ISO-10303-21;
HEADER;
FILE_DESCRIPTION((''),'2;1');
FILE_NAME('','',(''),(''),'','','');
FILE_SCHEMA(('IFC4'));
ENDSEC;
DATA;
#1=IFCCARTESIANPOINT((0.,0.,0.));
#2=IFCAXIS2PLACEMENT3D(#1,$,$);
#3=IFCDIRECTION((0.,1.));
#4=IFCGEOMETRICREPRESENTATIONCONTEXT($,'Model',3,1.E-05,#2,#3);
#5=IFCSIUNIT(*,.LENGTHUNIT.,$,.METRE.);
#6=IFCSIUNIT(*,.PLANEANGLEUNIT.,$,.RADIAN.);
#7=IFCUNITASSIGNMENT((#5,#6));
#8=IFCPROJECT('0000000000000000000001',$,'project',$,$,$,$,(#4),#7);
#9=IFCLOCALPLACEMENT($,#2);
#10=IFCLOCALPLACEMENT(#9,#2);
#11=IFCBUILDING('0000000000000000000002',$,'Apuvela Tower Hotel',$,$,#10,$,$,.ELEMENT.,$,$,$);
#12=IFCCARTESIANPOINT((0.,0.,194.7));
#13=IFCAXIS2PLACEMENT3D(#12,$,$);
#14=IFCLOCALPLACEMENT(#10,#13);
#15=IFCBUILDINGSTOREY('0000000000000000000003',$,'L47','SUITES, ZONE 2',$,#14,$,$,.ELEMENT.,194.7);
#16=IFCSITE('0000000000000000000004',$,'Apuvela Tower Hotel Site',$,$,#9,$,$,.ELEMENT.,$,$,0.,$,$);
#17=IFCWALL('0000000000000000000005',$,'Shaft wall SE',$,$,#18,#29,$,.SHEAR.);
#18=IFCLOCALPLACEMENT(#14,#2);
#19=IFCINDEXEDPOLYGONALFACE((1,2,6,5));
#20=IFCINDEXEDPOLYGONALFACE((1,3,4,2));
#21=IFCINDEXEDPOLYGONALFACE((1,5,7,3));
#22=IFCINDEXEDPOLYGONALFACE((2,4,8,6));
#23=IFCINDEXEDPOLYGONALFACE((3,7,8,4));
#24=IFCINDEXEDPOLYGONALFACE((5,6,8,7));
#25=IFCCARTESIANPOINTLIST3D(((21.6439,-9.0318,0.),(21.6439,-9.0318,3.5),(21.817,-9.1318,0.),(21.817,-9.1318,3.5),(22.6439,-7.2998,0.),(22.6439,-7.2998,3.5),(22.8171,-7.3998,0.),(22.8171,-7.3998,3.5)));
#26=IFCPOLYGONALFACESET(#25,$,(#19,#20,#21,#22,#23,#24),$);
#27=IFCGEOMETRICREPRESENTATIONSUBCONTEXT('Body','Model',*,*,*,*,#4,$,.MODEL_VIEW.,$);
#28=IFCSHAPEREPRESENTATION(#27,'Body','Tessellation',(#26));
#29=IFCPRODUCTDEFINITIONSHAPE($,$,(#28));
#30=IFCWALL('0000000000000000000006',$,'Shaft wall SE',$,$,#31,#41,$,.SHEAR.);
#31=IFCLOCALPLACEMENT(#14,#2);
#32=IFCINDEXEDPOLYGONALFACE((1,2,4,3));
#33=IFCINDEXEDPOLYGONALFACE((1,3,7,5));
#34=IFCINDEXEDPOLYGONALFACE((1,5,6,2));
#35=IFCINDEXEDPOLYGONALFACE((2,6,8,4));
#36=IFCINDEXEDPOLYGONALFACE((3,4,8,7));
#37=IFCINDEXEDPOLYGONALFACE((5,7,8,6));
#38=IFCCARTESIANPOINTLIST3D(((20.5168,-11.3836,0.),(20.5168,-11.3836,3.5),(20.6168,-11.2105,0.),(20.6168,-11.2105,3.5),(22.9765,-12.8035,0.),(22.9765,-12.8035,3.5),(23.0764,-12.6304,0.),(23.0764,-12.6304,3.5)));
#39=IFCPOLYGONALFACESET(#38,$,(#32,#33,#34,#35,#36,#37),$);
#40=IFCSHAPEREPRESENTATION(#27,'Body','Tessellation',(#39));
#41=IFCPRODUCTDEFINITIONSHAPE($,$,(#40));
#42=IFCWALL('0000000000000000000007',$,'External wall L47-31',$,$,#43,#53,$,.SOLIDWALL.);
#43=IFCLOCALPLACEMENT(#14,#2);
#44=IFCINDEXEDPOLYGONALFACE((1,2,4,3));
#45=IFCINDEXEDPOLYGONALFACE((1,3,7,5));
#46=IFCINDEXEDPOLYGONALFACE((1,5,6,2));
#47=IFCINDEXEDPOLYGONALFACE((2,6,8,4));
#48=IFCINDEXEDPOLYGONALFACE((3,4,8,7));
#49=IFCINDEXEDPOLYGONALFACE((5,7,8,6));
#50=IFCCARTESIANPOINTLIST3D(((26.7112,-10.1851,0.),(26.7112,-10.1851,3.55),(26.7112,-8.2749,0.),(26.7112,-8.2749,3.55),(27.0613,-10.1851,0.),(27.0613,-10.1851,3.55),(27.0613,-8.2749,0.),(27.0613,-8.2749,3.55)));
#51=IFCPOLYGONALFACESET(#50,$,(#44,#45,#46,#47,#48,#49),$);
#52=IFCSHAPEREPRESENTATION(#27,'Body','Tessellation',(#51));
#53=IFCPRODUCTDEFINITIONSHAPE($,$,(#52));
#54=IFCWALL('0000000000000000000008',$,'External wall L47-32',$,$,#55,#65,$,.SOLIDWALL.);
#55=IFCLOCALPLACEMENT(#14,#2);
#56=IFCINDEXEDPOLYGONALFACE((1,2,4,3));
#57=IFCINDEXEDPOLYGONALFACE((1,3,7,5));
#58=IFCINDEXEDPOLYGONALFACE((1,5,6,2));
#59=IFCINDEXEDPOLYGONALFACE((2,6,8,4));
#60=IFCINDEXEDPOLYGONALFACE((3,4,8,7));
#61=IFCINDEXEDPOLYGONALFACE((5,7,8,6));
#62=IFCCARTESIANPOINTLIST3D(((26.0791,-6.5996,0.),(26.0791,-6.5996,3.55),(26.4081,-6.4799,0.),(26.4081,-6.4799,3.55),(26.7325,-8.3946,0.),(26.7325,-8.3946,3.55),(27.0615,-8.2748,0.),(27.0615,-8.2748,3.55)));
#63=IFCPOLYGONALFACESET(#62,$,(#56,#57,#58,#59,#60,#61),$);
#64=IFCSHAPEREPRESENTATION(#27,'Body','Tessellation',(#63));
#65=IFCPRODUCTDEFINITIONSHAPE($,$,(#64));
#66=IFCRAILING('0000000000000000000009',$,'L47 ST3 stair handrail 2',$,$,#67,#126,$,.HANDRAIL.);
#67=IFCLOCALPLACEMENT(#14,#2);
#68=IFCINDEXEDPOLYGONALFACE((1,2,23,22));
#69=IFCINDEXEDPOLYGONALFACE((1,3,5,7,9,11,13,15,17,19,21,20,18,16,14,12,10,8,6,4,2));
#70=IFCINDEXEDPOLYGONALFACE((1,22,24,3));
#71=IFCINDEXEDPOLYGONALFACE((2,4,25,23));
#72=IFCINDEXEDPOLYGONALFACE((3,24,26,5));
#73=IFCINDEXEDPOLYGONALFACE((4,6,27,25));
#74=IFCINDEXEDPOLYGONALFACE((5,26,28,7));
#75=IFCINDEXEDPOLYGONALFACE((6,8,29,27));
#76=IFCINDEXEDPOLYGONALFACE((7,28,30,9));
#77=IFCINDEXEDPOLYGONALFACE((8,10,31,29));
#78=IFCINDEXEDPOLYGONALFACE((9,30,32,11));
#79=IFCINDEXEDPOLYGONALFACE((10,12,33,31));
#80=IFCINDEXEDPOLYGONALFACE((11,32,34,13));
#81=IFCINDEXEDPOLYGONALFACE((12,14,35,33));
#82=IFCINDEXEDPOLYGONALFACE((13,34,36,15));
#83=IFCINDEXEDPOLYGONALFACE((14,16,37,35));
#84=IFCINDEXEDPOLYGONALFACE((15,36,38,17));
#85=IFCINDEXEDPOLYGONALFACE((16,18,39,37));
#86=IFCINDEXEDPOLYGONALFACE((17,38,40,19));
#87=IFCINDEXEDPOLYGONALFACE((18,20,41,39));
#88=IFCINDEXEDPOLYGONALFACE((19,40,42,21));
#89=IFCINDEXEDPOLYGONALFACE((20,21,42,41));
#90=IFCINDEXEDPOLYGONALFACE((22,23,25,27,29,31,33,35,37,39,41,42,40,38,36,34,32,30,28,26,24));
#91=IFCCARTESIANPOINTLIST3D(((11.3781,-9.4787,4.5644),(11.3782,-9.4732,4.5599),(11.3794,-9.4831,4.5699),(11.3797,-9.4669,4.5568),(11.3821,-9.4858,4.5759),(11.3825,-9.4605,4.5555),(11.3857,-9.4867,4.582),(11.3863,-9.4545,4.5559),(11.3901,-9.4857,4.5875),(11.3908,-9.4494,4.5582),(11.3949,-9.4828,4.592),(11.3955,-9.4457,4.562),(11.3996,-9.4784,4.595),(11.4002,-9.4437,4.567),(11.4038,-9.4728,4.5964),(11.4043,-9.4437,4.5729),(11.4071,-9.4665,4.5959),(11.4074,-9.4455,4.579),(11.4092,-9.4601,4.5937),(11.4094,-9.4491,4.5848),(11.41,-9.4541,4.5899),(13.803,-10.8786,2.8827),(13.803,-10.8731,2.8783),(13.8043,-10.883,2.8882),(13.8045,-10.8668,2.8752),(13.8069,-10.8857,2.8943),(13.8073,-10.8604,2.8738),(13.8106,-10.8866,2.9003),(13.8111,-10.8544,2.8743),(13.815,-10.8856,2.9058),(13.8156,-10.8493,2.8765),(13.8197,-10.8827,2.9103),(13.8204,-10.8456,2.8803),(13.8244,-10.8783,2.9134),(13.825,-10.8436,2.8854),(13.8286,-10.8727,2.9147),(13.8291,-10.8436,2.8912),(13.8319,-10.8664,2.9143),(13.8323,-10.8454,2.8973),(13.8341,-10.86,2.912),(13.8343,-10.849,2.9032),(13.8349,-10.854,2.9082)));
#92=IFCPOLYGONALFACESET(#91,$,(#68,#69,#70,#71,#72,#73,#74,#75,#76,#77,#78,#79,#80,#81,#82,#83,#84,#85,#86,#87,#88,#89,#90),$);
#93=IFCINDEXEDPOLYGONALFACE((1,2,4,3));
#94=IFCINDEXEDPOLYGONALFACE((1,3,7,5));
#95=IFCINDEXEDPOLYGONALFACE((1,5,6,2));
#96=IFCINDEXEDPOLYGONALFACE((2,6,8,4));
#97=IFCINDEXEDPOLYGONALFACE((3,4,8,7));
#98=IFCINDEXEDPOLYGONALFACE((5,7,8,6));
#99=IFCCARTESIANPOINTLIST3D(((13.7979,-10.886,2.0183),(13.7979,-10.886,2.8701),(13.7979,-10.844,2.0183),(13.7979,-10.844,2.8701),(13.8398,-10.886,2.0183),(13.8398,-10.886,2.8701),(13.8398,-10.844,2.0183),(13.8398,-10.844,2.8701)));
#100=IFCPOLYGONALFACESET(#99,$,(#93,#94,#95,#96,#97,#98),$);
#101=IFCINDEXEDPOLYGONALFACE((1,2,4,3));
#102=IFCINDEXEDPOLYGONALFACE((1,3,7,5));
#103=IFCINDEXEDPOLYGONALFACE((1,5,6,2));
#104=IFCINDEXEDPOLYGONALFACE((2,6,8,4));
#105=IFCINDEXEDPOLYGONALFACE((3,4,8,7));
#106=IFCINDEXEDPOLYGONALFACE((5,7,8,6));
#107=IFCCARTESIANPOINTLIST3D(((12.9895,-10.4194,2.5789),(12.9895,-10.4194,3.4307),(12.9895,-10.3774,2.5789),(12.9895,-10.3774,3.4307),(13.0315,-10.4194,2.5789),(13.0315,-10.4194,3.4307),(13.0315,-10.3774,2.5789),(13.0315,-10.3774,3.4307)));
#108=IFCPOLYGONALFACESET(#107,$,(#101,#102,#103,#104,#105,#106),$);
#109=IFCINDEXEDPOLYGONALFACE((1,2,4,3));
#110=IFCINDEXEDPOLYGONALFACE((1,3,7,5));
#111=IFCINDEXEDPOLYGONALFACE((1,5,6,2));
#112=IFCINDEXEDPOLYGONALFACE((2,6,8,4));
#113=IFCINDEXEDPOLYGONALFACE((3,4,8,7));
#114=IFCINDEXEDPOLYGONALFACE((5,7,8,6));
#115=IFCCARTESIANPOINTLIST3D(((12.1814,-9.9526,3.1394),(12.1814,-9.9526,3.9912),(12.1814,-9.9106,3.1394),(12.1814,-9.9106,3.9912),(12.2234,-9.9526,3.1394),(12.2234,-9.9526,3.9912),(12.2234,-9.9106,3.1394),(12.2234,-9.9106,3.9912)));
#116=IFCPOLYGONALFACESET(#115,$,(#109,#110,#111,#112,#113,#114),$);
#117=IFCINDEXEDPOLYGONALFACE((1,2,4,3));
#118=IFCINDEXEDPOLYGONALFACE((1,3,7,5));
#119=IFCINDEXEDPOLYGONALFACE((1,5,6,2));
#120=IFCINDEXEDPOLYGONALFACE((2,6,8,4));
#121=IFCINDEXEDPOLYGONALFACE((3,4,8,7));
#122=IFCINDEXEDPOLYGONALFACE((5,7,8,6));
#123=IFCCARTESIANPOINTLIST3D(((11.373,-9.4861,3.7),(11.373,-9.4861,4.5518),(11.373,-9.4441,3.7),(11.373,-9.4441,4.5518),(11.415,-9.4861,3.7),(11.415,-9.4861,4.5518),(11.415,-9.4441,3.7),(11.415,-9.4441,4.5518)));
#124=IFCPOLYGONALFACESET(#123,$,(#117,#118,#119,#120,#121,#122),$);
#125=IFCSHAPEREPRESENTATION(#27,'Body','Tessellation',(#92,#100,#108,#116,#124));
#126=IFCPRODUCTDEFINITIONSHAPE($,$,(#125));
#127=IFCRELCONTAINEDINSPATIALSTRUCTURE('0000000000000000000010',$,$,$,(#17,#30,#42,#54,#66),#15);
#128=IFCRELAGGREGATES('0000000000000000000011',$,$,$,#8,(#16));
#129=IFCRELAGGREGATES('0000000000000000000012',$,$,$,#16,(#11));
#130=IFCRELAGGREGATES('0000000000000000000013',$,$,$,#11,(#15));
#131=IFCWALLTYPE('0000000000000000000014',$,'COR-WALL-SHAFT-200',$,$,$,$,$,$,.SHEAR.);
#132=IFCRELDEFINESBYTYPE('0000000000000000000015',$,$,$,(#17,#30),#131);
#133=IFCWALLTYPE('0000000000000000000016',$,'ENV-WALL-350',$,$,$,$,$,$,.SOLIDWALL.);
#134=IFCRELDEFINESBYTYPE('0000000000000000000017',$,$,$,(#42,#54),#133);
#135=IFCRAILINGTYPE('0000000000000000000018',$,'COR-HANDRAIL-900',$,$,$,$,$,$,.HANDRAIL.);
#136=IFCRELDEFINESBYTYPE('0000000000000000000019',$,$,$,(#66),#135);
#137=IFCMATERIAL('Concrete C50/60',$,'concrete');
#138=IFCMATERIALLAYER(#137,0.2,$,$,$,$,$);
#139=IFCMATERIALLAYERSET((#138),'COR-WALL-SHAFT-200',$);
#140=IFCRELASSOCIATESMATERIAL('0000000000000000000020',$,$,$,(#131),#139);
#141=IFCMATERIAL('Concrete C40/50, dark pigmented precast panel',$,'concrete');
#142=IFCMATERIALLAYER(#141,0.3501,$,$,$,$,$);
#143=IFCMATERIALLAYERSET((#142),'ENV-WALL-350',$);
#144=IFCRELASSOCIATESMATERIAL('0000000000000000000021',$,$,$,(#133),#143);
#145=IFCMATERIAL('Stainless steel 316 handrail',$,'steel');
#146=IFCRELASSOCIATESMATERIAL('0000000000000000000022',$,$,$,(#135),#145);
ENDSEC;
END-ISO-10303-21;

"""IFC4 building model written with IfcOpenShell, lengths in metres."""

from ifc_helpers import new_model, si_unit, direction, frame, frame_2d, origin, origin_2d, place, context, subcontext, project, spatial, rectangle, circle, extrude, material, layer, layer_set, type_object, element, save


model = new_model("IFC4")

# Units and contexts
model_context = context("Model", 3, precision=1e-05, world=origin(), true_north=direction((0.0, 1.0)))
body_context = subcontext(model_context, "Body", "Model", "MODEL_VIEW")
ifc_project = project(units=[si_unit("LENGTHUNIT", "METRE"), si_unit("PLANEANGLEUNIT", "RADIAN")], contexts=[model_context])

# Site, building, storey
site_placement = place(None, origin())
site = spatial("IfcSite", under=ifc_project, at=site_placement, Name="Apuvela Tower Hotel Site", CompositionType="ELEMENT", RefElevation=0.0)
building_placement = place(site_placement, origin())
building = spatial("IfcBuilding", under=site, at=building_placement, Name="Apuvela Tower Hotel", CompositionType="ELEMENT")
storey_placement = place(building_placement, frame((0.0, 0.0, 194.7)))
storey = spatial("IfcBuildingStorey", under=building, at=storey_placement, Name="L47", Description="SUITES, ZONE 2", CompositionType="ELEMENT", Elevation=194.7)

# Walls
ifc_material_1 = material(Name="Concrete C50/60", Category="concrete")
ifc_layer_1 = layer(ifc_material_1, 0.2)
ifc_layer_set_1 = layer_set([ifc_layer_1], Name="COR-WALL-SHAFT-200")
wall_type_1 = type_object("IfcWallType", Name="COR-WALL-SHAFT-200", PredefinedType="SHEAR", material=ifc_layer_set_1)
for number, where, z_axis, x_axis, name in (
    (1, (21.7305, -9.0818, 0.0), (0.0, 0.0, 1.0), (0.500025, 0.866011, 0.0), "Shaft wall SE"),
):
    element("IfcWall", number, at=place(storey_placement, frame(where, z_axis=z_axis, x_axis=x_axis)), inside=storey, type_object=wall_type_1, Name=name, PredefinedType="SHEAR", context=body_context, shape_type="SweptSolid", body=[
        extrude(rectangle(XDim=2.0, YDim=0.2, at=frame_2d((1.0, 0.0))), origin(), (0.0, 0.0, 1.0), 3.5),
    ])
wall_1_placement = place(storey_placement, frame((20.5669, -11.2971, 0.0), z_axis=(0.0, 0.0, 1.0), x_axis=(0.866055, -0.499948, 0.0)))
element("IfcWall", 2, at=wall_1_placement, inside=storey, type_object=wall_type_1, Name="Shaft wall SE", PredefinedType="SHEAR", context=body_context, shape_type="SweptSolid", body=[
    extrude(rectangle(XDim=2.8401, YDim=0.2, at=frame_2d((1.4199, 0.0))), origin(), (0.0, 0.0, 1.0), 3.5),
])
ifc_material_2 = material(Name="Concrete C40/50, dark pigmented precast panel", Category="concrete")
ifc_layer_2 = layer(ifc_material_2, 0.3501)
ifc_layer_set_2 = layer_set([ifc_layer_2], Name="ENV-WALL-350")
wall_type_2 = type_object("IfcWallType", Name="ENV-WALL-350", PredefinedType="SOLIDWALL", material=ifc_layer_set_2)
for number, where, z_axis, x_axis, name in (
    (3, (26.8862, -10.1851, 0.0), (0.0, 0.0, 1.0), (0.0, 1.0, 0.0), "External wall L47-31"),
    (4, (26.897, -8.3347, 0.0), (0.0, 0.0, 1.0), (-0.34203, 0.939689, 0.0), "External wall L47-32"),
):
    element("IfcWall", number, at=place(storey_placement, frame(where, z_axis=z_axis, x_axis=x_axis)), inside=storey, type_object=wall_type_2, Name=name, PredefinedType="SOLIDWALL", context=body_context, shape_type="SweptSolid", body=[
        extrude(rectangle(XDim=1.9102, YDim=0.3501, at=frame_2d((0.9551, 0.0))), origin(), (0.0, 0.0, 1.0), 3.55),
    ])

# Railing
ifc_material_3 = material(Name="Stainless steel 316 handrail", Category="steel")
railing_type_1 = type_object("IfcRailingType", Name="COR-HANDRAIL-900", PredefinedType="HANDRAIL", material=ifc_material_3)
railing_1_placement = place(storey_placement, frame((13.8188, -10.865, 2.0183)))
element("IfcRailing", 5, at=railing_1_placement, inside=storey, type_object=railing_type_1, Name="L47 ST3 stair handrail 2", PredefinedType="HANDRAIL", context=body_context, shape_type="SweptSolid", body=[
    extrude(circle(Radius=0.0239, at=origin_2d()), frame((0.0, 0.0, 0.876), z_axis=(-0.742419, 0.428618, 0.514879), x_axis=(-0.499984, -0.866035, 0.0)), (0.0, 0.0, 1.0), 3.2661),
    extrude(rectangle(XDim=0.042, YDim=0.042, at=origin_2d()), origin(), (0.0, 0.0, 1.0), 0.8518),
    extrude(rectangle(XDim=0.042, YDim=0.042, at=origin_2d()), frame((-0.8083, 0.4666, 0.5605)), (0.0, 0.0, 1.0), 0.8518),
    extrude(rectangle(XDim=0.042, YDim=0.042, at=origin_2d()), frame((-1.6165, 0.9333, 1.1211)), (0.0, 0.0, 1.0), 0.8518),
    extrude(rectangle(XDim=0.042, YDim=0.042, at=origin_2d()), frame((-2.4248, 1.3999, 1.6816)), (0.0, 0.0, 1.0), 0.8518),
])

save(model, "model.ifc")
